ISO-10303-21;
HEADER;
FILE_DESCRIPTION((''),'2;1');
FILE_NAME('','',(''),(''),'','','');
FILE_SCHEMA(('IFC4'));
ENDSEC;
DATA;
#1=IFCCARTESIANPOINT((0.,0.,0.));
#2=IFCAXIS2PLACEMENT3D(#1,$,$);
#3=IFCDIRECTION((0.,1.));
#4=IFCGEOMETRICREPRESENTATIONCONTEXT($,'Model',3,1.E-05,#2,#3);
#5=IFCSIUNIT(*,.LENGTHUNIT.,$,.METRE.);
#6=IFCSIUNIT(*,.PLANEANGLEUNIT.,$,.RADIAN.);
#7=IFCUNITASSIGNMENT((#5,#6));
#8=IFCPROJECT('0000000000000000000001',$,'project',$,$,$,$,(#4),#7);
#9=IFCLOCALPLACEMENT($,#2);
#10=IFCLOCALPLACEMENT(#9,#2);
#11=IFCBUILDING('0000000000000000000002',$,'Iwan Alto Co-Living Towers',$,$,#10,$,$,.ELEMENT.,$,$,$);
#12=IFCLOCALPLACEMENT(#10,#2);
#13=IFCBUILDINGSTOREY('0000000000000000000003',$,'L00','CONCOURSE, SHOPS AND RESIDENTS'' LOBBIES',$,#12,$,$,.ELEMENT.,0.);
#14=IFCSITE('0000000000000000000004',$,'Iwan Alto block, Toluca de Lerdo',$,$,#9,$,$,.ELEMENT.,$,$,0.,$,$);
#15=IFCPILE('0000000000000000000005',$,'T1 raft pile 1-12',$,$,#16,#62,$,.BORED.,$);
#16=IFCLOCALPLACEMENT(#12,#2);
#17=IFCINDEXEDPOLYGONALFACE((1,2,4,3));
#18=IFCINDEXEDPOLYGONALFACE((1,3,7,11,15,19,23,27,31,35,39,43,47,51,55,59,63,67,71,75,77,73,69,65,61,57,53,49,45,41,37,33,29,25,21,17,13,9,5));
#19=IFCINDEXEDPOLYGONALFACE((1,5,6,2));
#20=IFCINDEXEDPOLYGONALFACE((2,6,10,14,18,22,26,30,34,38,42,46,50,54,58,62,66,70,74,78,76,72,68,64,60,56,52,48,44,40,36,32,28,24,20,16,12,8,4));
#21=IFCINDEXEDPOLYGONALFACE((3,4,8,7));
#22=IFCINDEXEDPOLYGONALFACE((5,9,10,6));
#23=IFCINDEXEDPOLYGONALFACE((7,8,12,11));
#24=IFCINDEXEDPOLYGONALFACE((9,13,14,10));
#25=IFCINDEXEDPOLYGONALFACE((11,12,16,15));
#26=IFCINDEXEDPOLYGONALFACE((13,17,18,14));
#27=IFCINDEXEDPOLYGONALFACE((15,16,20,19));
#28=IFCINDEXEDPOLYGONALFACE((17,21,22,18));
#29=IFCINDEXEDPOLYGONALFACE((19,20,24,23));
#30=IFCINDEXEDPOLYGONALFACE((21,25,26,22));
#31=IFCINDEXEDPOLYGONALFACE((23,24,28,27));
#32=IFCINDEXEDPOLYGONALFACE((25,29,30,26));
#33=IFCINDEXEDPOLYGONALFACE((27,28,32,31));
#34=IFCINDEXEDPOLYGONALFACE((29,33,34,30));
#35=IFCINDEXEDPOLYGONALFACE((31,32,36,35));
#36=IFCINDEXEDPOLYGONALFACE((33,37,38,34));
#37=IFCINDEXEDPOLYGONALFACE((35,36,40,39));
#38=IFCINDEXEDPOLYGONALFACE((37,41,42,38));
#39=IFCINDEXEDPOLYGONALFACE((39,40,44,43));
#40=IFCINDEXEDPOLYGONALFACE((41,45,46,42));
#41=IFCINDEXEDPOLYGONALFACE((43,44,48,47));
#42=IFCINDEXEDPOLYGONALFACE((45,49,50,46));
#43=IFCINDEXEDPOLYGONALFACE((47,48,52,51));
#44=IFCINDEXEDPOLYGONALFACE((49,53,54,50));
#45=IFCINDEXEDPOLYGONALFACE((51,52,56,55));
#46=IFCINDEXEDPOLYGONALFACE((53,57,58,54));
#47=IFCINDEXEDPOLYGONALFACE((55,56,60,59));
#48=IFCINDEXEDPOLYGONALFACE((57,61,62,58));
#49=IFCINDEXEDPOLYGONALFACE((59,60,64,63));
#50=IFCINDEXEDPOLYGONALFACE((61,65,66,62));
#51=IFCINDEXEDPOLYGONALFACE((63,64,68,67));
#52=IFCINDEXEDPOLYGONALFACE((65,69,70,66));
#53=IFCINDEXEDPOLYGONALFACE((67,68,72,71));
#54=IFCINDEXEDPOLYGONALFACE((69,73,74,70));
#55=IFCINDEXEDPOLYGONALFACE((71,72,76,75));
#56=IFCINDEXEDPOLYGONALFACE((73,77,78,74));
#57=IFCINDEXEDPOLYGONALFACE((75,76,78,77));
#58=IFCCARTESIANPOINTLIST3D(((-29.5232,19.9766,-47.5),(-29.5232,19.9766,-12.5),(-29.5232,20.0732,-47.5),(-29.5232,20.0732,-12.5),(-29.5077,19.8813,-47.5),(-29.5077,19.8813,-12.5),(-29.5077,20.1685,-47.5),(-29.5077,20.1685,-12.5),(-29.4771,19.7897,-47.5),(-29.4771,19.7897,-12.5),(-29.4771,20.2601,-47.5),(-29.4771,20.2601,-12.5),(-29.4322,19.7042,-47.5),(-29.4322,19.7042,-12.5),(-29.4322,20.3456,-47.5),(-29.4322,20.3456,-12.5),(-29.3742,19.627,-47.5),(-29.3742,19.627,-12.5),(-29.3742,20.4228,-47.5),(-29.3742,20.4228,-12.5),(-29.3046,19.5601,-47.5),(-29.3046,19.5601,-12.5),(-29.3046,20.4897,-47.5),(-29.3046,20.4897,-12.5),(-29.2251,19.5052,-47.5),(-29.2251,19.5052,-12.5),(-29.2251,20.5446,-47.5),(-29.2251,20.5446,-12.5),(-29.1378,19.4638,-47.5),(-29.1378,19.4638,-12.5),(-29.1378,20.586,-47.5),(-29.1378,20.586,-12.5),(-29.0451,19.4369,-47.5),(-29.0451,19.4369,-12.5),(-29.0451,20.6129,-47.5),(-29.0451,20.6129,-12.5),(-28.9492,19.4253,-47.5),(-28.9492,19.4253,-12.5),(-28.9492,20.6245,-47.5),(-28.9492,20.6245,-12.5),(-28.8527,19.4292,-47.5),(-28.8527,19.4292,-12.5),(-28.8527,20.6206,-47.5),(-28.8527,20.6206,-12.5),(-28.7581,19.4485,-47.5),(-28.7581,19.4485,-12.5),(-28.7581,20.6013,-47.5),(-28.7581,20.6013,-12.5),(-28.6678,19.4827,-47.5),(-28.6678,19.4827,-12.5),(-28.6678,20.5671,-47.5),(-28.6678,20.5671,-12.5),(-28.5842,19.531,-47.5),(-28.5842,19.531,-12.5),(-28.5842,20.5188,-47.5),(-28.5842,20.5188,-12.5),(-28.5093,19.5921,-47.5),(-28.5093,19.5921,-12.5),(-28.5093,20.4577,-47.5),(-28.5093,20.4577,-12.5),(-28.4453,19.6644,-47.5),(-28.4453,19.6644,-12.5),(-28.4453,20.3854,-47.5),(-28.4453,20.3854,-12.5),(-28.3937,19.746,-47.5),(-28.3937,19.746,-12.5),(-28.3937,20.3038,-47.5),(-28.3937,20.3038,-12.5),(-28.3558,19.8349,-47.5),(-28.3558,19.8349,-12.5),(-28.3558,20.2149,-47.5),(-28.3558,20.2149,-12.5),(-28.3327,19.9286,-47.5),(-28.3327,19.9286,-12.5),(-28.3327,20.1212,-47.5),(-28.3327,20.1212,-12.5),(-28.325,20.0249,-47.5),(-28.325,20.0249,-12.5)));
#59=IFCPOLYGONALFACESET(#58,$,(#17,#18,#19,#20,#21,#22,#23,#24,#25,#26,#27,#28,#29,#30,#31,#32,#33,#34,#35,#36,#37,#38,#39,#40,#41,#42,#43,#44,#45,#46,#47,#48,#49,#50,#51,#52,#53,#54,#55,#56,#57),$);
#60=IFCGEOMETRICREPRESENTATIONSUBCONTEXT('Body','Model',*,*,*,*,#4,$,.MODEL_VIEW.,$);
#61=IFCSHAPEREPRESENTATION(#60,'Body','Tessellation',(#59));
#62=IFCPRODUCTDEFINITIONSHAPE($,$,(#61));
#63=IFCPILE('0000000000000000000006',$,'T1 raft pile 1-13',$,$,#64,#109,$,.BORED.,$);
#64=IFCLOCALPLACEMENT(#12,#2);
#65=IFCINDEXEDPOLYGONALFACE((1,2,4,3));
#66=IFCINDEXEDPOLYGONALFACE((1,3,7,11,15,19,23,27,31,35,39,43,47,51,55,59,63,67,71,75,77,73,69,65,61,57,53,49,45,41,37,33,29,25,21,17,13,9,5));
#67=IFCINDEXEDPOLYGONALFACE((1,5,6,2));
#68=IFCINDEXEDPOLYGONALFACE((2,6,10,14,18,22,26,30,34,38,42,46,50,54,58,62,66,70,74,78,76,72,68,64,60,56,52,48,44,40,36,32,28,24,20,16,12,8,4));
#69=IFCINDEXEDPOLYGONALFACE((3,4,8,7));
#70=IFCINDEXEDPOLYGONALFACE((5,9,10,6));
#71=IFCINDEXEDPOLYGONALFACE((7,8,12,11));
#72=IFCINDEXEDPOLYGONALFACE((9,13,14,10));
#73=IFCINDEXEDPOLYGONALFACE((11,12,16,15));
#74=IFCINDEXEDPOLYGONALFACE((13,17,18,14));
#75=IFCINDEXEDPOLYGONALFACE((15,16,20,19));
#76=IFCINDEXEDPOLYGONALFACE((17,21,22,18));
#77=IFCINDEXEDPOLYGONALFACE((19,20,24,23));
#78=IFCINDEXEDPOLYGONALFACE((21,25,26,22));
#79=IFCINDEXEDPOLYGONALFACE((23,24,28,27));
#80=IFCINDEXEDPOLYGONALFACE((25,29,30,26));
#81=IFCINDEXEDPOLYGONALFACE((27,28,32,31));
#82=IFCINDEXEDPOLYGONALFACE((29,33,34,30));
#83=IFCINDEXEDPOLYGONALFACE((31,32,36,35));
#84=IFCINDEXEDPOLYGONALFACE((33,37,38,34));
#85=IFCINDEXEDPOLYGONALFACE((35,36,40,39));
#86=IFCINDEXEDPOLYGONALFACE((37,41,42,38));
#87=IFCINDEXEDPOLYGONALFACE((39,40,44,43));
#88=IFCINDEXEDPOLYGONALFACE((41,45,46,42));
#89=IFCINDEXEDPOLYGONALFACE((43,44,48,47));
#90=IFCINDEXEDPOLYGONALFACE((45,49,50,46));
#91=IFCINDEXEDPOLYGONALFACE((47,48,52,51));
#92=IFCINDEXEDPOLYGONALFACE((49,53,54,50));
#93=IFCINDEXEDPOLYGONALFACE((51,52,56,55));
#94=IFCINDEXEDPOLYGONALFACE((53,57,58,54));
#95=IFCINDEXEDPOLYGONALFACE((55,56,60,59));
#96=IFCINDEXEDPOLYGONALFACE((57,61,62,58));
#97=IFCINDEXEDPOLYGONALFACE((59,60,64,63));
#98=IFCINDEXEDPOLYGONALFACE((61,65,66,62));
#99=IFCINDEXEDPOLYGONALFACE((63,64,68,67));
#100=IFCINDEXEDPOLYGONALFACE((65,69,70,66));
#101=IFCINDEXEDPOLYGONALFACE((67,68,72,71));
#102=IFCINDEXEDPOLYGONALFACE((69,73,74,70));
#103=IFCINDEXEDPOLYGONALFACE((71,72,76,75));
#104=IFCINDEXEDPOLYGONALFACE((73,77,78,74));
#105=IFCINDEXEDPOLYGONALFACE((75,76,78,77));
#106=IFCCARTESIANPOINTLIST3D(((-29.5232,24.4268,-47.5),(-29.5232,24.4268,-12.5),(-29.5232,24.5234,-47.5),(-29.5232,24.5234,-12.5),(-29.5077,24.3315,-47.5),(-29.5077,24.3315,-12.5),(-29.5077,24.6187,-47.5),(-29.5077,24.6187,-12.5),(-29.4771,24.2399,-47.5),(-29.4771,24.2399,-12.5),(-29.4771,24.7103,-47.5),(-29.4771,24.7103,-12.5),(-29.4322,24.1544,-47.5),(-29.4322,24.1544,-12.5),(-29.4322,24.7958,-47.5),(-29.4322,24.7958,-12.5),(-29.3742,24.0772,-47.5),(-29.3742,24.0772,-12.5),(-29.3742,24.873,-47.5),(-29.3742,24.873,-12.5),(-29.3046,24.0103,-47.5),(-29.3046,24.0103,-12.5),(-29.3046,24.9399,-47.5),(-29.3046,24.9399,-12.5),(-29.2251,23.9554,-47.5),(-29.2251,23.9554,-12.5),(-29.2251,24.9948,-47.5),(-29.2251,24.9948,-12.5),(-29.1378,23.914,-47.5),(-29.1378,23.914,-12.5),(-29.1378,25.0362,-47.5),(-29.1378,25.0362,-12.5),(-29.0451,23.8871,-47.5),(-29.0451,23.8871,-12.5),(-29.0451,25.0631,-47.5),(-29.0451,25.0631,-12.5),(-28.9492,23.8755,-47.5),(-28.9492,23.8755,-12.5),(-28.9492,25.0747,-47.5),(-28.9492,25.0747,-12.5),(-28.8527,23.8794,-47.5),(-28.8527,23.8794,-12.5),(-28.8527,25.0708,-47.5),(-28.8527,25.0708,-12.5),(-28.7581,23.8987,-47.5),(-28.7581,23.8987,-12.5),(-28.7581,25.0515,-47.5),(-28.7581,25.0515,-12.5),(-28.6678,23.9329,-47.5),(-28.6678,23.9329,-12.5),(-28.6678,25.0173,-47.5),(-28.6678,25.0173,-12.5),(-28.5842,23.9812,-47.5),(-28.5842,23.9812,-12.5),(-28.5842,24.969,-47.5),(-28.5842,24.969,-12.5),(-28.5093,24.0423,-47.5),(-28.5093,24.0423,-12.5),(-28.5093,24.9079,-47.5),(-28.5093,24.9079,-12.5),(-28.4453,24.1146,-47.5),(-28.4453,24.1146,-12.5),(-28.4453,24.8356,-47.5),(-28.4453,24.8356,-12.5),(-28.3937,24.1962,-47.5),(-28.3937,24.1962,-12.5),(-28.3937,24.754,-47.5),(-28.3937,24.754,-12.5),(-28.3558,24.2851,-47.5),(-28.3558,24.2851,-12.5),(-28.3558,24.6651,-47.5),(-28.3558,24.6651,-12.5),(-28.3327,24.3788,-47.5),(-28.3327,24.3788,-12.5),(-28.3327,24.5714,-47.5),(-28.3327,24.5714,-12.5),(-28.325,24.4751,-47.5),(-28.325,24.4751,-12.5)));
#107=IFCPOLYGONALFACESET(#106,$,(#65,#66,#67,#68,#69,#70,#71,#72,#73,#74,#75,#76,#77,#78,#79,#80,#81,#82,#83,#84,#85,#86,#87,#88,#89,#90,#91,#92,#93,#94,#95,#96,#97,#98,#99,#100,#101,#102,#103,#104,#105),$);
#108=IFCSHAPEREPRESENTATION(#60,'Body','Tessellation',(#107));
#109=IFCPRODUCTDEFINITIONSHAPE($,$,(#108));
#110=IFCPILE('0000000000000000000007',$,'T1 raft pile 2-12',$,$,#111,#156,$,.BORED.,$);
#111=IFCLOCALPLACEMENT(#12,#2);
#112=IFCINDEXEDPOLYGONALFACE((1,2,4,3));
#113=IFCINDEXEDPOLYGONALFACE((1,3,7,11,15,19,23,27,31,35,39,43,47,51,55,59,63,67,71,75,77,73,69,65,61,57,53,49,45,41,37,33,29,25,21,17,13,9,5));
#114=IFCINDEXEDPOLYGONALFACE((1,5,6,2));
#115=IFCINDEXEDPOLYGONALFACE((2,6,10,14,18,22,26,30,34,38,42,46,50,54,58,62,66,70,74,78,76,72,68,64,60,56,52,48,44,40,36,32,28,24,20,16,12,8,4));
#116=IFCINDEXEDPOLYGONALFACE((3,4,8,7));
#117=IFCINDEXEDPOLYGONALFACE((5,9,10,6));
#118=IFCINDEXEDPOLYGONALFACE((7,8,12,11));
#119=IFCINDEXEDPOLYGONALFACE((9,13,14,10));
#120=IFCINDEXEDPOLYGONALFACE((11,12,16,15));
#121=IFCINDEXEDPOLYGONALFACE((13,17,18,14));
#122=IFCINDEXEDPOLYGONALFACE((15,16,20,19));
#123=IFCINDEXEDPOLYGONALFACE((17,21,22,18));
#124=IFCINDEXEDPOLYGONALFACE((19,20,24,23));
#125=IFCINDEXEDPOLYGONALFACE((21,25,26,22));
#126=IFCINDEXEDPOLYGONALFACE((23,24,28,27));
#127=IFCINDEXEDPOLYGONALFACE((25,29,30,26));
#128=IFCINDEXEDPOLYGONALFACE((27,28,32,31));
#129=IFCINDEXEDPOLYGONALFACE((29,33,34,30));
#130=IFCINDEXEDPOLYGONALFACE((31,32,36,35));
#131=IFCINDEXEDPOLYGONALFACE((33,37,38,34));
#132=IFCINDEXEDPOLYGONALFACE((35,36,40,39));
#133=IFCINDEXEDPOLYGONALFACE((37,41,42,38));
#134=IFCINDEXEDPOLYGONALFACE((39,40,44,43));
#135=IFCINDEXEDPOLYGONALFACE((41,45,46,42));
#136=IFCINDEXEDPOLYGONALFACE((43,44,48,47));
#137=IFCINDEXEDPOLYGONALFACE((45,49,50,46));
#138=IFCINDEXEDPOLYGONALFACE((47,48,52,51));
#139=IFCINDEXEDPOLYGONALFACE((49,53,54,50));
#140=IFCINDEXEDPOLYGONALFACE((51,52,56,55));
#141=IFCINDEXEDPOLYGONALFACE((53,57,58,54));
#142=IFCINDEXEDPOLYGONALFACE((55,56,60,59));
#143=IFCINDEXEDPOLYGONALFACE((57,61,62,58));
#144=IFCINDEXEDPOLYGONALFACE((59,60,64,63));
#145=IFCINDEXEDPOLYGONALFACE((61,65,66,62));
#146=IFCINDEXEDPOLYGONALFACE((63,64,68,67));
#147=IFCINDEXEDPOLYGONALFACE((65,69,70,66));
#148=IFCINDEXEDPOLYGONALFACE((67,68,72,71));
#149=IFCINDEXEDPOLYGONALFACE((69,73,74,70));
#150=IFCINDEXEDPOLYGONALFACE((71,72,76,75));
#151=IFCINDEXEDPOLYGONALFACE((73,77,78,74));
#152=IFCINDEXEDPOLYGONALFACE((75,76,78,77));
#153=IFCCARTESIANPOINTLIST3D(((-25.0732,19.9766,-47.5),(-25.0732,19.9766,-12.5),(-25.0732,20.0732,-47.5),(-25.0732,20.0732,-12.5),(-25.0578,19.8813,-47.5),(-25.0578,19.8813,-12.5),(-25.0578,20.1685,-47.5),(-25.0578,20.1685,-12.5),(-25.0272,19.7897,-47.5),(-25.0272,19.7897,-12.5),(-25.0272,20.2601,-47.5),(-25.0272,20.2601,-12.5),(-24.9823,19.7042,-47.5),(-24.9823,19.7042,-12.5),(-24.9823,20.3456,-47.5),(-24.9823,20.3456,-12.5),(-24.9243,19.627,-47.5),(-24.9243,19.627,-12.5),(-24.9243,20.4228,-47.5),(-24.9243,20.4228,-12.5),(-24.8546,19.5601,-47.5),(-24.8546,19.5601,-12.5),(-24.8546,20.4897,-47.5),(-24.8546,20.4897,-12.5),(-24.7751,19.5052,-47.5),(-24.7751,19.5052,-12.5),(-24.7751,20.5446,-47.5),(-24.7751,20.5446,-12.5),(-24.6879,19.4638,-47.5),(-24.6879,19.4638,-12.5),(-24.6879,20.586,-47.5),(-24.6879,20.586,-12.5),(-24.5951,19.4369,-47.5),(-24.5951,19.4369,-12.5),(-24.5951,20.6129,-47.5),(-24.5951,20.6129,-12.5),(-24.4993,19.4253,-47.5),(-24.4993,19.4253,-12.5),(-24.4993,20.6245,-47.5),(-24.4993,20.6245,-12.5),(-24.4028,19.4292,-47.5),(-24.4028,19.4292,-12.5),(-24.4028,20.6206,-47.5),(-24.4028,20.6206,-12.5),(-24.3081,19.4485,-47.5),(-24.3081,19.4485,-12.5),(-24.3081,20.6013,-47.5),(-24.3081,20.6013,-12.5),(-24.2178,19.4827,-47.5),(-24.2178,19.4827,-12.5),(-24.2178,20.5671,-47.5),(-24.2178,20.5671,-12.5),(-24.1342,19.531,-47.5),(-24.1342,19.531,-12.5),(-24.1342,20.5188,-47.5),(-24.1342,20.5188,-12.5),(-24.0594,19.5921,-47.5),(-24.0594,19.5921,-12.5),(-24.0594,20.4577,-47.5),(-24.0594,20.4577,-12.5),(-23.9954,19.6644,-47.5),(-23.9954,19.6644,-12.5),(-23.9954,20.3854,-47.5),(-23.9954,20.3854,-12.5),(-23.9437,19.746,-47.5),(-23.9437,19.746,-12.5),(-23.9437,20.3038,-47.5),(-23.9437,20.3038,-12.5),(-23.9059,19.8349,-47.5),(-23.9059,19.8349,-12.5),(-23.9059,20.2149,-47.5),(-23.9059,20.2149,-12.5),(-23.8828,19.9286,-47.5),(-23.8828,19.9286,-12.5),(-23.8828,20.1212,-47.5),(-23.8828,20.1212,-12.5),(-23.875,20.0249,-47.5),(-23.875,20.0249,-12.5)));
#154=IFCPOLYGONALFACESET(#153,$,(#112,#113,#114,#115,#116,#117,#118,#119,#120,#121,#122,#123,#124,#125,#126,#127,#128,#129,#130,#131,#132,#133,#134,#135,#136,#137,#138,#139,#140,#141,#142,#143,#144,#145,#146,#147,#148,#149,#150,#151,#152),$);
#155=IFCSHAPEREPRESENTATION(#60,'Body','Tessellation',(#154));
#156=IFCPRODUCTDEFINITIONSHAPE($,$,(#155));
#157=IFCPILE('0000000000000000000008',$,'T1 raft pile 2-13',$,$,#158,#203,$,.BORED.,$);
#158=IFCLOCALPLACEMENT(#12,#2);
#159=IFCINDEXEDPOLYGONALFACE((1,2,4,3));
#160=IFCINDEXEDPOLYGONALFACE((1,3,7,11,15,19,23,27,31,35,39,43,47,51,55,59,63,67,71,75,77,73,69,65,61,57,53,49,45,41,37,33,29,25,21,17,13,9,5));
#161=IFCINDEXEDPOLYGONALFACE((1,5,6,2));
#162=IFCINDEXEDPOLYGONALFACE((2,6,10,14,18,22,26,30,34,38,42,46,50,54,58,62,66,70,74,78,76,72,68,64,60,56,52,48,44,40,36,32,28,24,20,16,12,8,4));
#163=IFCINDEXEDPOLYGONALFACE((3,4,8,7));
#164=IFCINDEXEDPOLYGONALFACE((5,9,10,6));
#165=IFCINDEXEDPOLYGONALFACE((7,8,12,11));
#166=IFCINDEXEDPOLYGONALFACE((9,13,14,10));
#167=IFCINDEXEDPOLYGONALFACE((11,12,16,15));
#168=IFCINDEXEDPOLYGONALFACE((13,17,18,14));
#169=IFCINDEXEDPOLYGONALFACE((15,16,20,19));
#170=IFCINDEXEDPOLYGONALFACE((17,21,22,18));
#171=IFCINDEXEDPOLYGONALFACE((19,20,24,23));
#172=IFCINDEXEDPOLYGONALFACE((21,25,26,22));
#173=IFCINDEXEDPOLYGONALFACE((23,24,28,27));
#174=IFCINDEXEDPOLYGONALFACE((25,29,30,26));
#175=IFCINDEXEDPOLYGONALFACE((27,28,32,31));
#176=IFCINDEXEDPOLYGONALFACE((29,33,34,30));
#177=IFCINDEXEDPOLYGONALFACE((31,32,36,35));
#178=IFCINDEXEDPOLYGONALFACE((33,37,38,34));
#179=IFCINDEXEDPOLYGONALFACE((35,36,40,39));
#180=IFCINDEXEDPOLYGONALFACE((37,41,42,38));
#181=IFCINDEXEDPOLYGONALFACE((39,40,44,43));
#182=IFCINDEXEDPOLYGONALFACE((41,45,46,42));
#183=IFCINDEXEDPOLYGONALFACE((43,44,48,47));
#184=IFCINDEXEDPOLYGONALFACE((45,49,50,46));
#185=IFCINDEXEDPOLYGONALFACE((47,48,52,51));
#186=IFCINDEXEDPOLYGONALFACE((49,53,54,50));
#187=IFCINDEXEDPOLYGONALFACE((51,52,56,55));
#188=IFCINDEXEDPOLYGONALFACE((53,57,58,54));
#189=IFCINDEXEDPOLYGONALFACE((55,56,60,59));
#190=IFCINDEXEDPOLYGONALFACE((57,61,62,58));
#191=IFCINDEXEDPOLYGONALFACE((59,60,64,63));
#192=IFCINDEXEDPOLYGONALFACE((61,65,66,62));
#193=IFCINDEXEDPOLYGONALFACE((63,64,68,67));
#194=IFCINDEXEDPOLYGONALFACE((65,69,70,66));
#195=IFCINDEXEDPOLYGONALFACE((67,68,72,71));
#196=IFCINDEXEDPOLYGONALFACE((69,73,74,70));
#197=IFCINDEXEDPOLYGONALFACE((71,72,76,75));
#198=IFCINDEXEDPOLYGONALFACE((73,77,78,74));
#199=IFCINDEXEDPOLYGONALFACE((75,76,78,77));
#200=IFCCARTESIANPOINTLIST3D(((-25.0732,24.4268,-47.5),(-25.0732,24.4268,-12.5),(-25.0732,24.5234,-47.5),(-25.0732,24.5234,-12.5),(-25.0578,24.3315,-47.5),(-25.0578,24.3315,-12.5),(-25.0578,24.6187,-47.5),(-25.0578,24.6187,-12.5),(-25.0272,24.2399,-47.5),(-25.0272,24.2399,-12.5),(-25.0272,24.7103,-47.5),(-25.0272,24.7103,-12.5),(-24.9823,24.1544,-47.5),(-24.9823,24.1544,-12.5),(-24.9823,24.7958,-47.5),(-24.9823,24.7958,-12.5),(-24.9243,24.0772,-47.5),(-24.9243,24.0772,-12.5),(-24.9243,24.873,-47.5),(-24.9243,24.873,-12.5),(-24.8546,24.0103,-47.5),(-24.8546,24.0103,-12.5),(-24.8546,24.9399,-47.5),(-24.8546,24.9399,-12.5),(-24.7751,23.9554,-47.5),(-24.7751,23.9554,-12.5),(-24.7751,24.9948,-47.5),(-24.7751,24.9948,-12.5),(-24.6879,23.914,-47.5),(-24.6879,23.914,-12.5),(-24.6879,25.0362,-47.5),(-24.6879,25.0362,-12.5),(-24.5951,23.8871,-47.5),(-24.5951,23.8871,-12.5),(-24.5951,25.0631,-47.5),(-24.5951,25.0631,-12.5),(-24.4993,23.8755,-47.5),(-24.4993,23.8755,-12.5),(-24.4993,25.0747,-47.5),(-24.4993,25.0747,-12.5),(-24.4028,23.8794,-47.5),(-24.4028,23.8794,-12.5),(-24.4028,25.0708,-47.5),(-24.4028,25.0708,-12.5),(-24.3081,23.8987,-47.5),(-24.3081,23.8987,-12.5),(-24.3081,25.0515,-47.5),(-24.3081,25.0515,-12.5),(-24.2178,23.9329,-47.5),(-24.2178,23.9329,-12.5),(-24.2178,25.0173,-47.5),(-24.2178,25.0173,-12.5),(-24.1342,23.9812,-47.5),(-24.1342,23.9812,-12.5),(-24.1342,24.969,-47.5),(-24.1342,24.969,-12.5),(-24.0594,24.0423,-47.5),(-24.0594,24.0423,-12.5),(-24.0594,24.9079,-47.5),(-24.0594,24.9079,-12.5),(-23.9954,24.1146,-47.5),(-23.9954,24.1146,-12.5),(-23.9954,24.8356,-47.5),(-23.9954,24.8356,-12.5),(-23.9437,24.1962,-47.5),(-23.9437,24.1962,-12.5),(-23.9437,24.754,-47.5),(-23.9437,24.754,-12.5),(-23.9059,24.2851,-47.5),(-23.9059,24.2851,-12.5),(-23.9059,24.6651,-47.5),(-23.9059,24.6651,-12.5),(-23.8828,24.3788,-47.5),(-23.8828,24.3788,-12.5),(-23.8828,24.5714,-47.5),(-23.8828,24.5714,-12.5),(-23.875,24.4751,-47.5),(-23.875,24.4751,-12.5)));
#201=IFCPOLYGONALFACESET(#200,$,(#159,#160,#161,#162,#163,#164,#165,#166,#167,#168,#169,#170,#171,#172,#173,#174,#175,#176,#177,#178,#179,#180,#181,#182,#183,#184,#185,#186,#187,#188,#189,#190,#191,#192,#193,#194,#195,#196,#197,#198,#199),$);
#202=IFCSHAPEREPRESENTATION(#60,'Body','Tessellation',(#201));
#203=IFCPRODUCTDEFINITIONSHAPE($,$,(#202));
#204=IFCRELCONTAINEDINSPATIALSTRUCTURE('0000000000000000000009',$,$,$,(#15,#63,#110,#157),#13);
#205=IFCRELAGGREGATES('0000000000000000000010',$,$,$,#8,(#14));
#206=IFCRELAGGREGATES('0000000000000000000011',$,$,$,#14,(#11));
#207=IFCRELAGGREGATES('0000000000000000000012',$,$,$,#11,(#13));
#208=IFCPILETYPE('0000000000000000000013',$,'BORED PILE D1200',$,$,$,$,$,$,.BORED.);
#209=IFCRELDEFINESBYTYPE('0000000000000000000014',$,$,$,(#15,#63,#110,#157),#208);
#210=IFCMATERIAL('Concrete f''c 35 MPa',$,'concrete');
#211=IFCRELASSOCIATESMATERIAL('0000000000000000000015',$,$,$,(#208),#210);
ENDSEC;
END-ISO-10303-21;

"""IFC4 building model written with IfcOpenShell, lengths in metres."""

from ifc_helpers import new_model, si_unit, direction, frame, origin, origin_2d, place, context, subcontext, project, spatial, circle, extrude, material, material_profile, profile_set, type_object, element, save


model = new_model("IFC4")

# Units and contexts
model_context = context("Model", 3, precision=1e-05, world=origin(), true_north=direction((0.0, 1.0)))
body_context = subcontext(model_context, "Body", "Model", "MODEL_VIEW")
ifc_project = project(units=[si_unit("LENGTHUNIT", "METRE"), si_unit("PLANEANGLEUNIT", "RADIAN")], contexts=[model_context])

# Site, building, storey
site_placement = place(None, origin())
site = spatial("IfcSite", under=ifc_project, at=site_placement, Name="Iwan Alto block, Toluca de Lerdo", CompositionType="ELEMENT", RefElevation=0.0)
building_placement = place(site_placement, origin())
building = spatial("IfcBuilding", under=site, at=building_placement, Name="Iwan Alto Co-Living Towers", CompositionType="ELEMENT")
storey_placement = place(building_placement, origin())
storey = spatial("IfcBuildingStorey", under=building, at=storey_placement, Name="L00", Description="CONCOURSE, SHOPS AND RESIDENTS' LOBBIES", CompositionType="ELEMENT", Elevation=0.0)

# Piles
ifc_material_1 = material(Name="Concrete f'c 35 MPa", Category="concrete")
ifc_material_profile_1 = material_profile(ifc_material_1, circle(Radius=0.6001, at=origin_2d()), Name="D1200")
ifc_profile_set_1 = profile_set([ifc_material_profile_1], Name="Concrete f'c 35 MPa")
pile_type_1 = type_object("IfcPileType", Name="BORED PILE D1200", PredefinedType="BORED", material=ifc_profile_set_1)
for number, where, z_axis, x_axis, name in (
    (1, (-28.925, 20.0249, -12.5), (0.0, 0.0, -1.0), (1.0, 0.0, 0.0), "T1 raft pile 1-12"),
    (2, (-28.925, 24.4751, -12.5), (0.0, 0.0, -1.0), (1.0, 0.0, 0.0), "T1 raft pile 1-13"),
    (3, (-24.4751, 20.0249, -12.5), (0.0, 0.0, -1.0), (1.0, 0.0, 0.0), "T1 raft pile 2-12"),
    (4, (-24.4751, 24.4751, -12.5), (0.0, 0.0, -1.0), (1.0, 0.0, 0.0), "T1 raft pile 2-13"),
):
    element("IfcPile", number, at=place(storey_placement, frame(where, z_axis=z_axis, x_axis=x_axis)), inside=storey, type_object=pile_type_1, Name=name, PredefinedType="BORED", context=body_context, shape_type="SweptSolid", body=[
        extrude(circle(Radius=0.6001, at=origin_2d()), origin(), (0.0, 0.0, 1.0), 35.0),
    ])

save(model, "model.ifc")
